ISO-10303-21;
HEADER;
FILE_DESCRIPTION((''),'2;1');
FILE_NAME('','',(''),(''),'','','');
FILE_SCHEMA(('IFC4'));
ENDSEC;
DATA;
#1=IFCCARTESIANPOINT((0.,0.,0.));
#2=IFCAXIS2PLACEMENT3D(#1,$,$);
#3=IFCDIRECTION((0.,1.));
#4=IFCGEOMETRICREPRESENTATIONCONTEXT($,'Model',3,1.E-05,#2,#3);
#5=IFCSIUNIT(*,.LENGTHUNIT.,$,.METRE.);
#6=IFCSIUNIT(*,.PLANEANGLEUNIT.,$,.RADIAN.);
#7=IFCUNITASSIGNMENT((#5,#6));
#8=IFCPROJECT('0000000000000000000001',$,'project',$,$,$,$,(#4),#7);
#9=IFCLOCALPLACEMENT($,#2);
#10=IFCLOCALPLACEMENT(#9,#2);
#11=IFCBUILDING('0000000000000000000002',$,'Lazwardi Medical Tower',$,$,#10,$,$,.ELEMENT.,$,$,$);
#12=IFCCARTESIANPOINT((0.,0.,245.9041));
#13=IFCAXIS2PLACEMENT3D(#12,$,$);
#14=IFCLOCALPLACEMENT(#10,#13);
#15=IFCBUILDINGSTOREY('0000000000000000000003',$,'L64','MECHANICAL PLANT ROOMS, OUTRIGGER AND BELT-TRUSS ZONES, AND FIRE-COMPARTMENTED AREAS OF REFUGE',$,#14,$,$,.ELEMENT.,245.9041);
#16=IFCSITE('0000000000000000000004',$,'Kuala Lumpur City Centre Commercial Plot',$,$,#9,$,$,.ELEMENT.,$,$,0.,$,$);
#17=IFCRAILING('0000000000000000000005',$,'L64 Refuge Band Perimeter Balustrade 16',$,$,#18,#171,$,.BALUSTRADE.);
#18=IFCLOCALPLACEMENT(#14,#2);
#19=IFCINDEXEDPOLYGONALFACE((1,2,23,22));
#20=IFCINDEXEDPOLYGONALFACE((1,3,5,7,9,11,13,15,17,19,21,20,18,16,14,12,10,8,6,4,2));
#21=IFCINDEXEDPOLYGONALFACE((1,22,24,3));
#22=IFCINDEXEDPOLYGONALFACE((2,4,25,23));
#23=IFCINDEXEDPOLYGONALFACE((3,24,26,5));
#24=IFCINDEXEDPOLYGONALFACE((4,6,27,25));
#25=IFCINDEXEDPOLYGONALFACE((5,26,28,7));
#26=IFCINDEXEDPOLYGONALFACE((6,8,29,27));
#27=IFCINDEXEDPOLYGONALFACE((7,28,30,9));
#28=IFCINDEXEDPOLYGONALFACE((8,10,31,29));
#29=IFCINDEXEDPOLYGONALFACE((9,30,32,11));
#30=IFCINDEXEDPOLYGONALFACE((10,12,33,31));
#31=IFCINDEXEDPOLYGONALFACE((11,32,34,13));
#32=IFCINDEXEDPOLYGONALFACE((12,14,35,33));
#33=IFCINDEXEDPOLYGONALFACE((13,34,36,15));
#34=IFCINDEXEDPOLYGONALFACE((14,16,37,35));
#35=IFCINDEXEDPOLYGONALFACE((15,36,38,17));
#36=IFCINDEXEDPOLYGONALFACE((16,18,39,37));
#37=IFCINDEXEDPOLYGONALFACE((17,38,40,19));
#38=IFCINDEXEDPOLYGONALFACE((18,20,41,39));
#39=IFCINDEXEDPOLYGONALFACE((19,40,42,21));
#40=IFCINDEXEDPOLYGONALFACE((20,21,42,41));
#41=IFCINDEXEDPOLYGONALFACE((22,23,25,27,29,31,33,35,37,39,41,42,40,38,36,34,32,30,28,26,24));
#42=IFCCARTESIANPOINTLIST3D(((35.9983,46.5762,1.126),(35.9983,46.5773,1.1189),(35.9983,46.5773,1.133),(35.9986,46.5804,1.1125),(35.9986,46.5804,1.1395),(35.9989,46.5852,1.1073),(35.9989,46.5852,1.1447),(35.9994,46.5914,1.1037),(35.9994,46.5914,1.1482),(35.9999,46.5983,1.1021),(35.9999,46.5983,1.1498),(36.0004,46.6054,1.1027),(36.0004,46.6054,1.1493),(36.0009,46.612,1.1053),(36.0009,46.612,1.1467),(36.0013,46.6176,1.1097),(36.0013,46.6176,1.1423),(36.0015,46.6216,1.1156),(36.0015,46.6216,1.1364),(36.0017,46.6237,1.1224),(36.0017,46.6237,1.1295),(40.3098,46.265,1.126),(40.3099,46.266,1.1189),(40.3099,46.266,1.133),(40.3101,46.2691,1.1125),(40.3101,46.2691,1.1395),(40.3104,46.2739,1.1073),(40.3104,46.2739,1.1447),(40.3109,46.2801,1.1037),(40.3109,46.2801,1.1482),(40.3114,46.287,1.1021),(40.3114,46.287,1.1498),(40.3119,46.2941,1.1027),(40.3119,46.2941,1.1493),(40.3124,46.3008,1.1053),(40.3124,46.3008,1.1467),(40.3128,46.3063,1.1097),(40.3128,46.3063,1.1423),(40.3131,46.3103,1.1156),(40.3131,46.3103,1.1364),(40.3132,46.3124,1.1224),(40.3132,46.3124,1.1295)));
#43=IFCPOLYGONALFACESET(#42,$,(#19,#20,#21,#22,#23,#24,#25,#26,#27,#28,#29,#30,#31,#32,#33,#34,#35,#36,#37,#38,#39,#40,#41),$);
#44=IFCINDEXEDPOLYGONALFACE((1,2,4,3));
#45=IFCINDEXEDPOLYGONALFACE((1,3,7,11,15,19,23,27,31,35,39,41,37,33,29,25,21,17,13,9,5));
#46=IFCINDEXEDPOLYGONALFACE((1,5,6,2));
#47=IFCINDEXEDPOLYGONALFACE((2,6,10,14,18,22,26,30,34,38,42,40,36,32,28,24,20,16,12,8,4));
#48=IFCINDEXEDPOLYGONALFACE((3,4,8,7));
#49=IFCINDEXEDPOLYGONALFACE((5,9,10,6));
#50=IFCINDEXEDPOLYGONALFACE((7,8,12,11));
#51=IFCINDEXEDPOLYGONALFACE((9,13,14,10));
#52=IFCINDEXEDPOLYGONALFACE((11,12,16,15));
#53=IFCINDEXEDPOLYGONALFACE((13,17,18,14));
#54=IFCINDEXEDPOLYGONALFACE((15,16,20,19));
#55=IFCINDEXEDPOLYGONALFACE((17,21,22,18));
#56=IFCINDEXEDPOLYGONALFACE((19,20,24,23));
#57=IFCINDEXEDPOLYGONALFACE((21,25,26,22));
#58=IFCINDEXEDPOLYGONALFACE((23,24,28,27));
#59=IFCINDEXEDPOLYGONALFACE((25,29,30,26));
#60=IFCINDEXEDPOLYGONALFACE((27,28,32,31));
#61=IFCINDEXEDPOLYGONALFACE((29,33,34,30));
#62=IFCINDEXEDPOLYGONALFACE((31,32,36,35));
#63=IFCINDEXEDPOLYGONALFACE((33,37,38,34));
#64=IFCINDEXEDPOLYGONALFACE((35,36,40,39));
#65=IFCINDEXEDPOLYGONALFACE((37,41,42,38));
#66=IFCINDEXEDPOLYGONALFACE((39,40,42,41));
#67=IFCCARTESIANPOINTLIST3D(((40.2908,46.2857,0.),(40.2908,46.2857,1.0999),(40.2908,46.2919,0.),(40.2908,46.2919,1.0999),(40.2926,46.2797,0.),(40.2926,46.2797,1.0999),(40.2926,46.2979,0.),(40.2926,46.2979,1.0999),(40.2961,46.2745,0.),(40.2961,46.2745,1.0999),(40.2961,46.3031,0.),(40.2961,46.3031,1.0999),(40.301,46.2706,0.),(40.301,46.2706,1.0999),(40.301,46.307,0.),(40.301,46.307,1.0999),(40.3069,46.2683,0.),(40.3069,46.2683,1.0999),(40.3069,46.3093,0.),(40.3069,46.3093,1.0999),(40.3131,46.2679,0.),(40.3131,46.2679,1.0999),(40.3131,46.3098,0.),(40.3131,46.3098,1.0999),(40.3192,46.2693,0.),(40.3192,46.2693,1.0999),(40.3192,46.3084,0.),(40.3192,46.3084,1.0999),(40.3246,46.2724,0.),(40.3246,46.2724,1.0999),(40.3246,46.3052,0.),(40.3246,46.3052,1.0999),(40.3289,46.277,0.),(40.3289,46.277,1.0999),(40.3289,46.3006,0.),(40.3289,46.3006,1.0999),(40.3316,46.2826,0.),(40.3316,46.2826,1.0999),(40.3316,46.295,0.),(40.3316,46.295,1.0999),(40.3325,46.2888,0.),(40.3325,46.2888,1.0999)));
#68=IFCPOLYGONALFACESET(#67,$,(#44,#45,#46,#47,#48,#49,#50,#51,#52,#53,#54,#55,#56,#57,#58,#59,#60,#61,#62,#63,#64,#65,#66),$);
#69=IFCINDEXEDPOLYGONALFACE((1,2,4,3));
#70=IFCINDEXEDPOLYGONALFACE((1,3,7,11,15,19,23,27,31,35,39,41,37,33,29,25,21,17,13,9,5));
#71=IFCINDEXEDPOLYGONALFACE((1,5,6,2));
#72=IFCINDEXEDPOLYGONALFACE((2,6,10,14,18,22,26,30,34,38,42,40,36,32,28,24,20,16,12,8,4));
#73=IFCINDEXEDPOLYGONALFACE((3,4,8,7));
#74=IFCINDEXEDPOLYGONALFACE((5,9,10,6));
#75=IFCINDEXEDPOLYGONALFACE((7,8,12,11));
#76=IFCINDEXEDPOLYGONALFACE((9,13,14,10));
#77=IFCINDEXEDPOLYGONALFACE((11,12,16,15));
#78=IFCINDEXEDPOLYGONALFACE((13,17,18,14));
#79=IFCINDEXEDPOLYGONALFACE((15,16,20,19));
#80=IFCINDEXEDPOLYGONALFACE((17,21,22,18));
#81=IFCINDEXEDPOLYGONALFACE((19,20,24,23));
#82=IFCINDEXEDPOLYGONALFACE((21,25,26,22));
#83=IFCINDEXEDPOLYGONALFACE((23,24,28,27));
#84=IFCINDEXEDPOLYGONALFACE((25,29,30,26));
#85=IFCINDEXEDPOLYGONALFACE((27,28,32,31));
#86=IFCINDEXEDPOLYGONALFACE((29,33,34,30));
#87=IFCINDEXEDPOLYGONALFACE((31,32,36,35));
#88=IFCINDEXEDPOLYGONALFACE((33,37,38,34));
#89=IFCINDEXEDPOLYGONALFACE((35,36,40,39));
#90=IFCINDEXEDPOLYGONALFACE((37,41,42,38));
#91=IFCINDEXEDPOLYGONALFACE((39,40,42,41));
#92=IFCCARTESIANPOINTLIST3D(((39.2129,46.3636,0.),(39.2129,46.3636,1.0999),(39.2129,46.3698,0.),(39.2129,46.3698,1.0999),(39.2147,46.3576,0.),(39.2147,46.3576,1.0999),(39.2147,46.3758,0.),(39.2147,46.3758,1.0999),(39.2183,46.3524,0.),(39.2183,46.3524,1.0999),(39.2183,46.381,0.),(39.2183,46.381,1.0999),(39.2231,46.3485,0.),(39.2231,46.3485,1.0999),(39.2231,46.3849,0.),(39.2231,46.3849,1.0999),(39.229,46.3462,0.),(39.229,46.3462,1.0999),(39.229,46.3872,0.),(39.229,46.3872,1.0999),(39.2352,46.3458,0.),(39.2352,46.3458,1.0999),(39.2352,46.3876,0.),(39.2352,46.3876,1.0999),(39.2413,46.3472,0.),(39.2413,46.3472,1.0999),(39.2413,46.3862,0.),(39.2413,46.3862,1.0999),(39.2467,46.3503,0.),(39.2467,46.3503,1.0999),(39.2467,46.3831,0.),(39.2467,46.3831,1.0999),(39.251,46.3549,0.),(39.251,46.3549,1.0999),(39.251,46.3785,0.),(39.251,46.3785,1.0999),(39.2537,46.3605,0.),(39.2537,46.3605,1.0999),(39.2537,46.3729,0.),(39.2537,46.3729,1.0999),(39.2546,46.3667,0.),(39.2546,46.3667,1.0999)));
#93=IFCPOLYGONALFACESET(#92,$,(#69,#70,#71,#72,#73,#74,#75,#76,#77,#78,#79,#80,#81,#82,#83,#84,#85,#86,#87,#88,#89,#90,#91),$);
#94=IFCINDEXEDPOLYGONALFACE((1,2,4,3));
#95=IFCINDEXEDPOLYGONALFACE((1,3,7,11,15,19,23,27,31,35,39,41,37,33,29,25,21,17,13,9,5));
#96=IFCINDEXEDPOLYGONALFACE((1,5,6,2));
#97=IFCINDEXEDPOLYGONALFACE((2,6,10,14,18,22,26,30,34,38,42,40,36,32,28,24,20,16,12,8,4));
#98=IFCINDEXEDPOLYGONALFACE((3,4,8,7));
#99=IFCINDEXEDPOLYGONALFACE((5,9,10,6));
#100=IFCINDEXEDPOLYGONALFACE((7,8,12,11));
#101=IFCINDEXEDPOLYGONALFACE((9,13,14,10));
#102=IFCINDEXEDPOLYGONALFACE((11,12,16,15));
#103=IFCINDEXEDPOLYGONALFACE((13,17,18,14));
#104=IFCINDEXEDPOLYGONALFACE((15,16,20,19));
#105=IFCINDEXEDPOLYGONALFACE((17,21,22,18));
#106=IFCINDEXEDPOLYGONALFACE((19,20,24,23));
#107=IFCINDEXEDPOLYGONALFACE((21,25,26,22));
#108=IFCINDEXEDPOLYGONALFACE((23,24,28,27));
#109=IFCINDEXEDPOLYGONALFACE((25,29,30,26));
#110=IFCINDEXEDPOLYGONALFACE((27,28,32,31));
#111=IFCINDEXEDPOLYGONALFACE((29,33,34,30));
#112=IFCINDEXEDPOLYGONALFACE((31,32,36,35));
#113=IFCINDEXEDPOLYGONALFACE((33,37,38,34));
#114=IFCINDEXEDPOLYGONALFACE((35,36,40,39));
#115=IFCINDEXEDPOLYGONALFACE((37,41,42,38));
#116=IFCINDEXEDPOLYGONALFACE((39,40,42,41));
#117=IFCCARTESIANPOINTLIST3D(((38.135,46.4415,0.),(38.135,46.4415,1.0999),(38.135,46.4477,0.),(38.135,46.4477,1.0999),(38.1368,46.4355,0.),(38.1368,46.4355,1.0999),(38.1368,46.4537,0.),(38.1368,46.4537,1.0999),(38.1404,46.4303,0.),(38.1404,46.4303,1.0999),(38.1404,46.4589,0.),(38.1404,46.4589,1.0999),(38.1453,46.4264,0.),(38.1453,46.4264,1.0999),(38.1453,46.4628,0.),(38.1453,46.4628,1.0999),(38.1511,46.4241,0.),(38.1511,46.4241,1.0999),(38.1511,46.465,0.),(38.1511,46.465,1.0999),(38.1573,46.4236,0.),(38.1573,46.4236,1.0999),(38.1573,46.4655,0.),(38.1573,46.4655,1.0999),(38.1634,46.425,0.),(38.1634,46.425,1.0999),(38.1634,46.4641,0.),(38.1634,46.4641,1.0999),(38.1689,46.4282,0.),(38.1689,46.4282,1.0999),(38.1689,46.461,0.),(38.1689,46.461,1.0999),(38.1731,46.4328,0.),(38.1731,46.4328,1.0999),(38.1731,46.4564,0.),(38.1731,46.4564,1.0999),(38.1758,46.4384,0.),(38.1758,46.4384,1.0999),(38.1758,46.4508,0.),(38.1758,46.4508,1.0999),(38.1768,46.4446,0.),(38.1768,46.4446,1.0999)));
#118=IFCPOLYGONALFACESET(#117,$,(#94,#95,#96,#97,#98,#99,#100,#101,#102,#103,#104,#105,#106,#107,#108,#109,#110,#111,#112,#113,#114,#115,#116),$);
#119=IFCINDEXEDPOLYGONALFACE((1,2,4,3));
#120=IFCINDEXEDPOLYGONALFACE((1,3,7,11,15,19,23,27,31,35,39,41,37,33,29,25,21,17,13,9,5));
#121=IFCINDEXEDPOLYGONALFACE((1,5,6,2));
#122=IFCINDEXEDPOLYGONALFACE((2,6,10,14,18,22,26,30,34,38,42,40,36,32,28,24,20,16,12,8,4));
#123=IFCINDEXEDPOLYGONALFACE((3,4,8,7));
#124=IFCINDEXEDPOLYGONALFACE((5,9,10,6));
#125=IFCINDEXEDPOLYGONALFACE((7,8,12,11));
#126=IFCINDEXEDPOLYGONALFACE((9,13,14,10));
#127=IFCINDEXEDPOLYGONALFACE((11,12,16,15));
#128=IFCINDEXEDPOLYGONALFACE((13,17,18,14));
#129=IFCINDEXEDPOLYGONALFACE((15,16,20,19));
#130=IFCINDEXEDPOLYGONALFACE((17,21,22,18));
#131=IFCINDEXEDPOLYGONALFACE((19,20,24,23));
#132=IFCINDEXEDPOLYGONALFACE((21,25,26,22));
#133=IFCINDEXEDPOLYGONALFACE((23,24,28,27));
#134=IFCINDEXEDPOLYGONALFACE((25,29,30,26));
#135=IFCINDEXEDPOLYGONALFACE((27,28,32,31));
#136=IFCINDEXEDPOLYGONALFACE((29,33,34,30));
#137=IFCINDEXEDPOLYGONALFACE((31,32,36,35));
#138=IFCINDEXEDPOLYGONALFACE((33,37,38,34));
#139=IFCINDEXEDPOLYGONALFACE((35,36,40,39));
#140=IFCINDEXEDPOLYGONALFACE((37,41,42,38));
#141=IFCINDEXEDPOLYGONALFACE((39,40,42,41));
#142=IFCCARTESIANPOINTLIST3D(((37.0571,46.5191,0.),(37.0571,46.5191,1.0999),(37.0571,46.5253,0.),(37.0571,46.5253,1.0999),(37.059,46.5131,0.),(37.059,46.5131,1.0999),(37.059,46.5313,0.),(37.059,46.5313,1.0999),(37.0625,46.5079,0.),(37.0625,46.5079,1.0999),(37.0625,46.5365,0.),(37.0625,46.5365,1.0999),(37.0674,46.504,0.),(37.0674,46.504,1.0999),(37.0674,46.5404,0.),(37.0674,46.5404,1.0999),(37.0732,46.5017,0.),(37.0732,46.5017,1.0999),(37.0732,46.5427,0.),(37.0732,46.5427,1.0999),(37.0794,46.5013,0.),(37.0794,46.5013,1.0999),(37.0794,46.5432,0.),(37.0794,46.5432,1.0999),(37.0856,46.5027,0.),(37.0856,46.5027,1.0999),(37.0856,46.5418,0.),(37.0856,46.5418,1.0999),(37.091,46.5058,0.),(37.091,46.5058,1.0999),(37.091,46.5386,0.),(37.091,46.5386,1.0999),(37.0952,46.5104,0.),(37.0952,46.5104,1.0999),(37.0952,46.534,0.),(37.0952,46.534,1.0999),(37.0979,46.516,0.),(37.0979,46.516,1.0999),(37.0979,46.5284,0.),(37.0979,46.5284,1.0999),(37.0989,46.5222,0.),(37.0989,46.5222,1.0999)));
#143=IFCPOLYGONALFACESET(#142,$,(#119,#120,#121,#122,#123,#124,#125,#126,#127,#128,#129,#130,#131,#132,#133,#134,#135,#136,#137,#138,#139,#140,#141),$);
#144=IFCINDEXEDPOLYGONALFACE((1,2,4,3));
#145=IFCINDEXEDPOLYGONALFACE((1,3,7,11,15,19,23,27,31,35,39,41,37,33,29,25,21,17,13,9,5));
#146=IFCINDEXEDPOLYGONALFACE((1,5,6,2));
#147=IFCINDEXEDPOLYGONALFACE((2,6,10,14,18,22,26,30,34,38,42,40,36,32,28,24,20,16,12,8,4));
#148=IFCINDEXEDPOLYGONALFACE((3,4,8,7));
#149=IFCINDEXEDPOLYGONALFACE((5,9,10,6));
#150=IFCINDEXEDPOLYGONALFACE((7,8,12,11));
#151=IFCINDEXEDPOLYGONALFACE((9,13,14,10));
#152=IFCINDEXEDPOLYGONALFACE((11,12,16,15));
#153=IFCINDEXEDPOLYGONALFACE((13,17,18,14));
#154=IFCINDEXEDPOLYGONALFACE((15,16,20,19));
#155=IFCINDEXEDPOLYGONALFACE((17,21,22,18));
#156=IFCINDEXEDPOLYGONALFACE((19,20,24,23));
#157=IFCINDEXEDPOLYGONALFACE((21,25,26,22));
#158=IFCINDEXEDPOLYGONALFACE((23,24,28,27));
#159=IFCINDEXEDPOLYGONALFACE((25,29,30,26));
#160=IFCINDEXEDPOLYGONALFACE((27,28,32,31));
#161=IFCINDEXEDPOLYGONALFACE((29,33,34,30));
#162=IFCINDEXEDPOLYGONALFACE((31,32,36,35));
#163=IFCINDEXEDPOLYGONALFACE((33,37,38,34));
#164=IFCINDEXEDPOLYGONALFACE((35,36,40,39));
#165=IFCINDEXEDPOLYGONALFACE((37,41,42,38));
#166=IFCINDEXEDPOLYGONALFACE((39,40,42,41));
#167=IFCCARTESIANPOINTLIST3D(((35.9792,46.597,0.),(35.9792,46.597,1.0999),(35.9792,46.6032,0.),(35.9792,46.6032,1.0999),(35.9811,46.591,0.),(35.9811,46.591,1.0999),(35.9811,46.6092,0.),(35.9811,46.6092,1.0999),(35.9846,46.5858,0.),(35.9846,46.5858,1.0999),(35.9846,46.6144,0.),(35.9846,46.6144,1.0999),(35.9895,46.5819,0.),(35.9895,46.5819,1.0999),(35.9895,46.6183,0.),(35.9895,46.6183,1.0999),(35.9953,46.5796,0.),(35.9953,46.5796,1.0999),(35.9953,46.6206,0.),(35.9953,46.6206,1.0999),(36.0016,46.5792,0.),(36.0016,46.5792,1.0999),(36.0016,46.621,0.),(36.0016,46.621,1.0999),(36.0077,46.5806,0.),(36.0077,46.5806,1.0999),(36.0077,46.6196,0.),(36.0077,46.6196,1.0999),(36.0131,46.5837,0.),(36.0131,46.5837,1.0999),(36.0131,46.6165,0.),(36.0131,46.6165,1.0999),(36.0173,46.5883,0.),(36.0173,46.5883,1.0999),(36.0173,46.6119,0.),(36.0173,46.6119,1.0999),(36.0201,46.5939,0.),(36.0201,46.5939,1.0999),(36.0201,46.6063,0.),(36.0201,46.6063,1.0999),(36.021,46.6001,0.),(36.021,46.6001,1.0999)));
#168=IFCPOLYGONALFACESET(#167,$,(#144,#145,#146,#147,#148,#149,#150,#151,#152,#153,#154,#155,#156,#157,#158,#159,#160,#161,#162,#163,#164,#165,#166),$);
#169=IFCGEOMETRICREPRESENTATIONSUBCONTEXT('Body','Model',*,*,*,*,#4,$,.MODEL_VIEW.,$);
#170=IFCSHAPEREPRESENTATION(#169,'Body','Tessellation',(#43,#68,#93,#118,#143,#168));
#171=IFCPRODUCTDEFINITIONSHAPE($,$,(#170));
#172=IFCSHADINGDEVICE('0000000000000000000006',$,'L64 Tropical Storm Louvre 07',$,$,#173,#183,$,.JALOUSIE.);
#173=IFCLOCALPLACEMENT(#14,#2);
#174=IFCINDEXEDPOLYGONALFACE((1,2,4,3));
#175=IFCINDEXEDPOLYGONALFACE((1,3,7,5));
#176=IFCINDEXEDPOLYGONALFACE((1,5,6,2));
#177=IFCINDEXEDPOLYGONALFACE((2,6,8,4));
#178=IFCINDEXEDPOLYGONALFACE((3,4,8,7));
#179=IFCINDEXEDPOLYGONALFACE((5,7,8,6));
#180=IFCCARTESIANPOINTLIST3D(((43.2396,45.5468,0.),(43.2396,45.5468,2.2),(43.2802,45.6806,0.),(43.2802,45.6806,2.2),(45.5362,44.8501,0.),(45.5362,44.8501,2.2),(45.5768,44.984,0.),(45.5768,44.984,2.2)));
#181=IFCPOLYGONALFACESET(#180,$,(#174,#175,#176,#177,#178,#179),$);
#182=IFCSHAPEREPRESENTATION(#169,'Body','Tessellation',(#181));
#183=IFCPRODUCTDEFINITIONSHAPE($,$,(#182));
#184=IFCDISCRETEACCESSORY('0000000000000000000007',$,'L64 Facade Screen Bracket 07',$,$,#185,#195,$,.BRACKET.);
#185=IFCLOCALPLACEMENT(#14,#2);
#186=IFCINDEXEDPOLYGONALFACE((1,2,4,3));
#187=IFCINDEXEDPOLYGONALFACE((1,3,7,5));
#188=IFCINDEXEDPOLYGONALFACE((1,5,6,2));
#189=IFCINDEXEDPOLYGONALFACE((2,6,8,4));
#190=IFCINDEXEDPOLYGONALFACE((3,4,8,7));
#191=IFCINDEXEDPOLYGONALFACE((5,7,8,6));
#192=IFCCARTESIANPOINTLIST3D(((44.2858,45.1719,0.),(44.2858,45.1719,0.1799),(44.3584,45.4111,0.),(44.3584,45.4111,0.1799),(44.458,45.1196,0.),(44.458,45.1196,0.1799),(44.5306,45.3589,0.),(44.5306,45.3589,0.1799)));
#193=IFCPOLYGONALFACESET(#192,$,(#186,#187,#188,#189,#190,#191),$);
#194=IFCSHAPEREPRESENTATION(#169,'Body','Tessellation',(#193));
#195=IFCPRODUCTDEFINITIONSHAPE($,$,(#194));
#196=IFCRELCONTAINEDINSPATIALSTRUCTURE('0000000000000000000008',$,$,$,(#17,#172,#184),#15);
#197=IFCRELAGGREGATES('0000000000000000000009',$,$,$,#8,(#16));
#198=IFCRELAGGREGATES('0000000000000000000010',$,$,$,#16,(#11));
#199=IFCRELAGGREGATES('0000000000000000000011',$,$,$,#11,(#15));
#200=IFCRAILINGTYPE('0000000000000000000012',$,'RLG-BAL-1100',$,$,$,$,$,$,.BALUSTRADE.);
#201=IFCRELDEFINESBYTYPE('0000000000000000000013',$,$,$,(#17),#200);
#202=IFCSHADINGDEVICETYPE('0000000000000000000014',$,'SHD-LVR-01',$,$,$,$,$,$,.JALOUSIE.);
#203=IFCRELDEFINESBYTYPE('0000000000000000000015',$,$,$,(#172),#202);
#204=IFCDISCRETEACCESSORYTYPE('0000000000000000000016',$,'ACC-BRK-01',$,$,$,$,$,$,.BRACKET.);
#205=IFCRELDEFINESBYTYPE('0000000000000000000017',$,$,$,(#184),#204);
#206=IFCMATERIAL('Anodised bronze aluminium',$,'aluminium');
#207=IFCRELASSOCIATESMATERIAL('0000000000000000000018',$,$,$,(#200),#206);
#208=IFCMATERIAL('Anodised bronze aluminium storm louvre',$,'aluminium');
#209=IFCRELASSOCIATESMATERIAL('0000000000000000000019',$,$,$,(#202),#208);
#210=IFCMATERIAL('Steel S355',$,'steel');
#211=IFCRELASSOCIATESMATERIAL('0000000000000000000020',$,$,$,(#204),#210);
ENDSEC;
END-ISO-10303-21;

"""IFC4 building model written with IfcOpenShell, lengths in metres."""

from ifc_helpers import new_model, si_unit, direction, frame, origin, origin_2d, place, context, subcontext, project, spatial, rectangle, circle, extrude, material, type_object, element, save


model = new_model("IFC4")

# Units and contexts
model_context = context("Model", 3, precision=1e-05, world=origin(), true_north=direction((0.0, 1.0)))
body_context = subcontext(model_context, "Body", "Model", "MODEL_VIEW")
ifc_project = project(units=[si_unit("LENGTHUNIT", "METRE"), si_unit("PLANEANGLEUNIT", "RADIAN")], contexts=[model_context])

# Site, building, storey
site_placement = place(None, origin())
site = spatial("IfcSite", under=ifc_project, at=site_placement, Name="Kuala Lumpur City Centre Commercial Plot", CompositionType="ELEMENT", RefElevation=0.0)
building_placement = place(site_placement, origin())
building = spatial("IfcBuilding", under=site, at=building_placement, Name="Lazwardi Medical Tower", CompositionType="ELEMENT")
storey_placement = place(building_placement, frame((0.0, 0.0, 245.9041)))
storey = spatial("IfcBuildingStorey", under=building, at=storey_placement, Name="L64", Description="MECHANICAL PLANT ROOMS, OUTRIGGER AND BELT-TRUSS ZONES, AND FIRE-COMPARTMENTED AREAS OF REFUGE", CompositionType="ELEMENT", Elevation=245.9041)

# Shared definitions
ifc_material_1 = material(Name="Steel S355", Category="steel")

# Railing
ifc_material_2 = material(Name="Anodised bronze aluminium", Category="aluminium")
railing_type = type_object("IfcRailingType", Name="RLG-BAL-1100", PredefinedType="BALUSTRADE", material=ifc_material_2)
railing_1_placement = place(storey_placement, frame((40.3115, 46.2888, 0.0)))
element("IfcRailing", 1, at=railing_1_placement, inside=storey, type_object=railing_type, Name="L64 Refuge Band Perimeter Balustrade 16", PredefinedType="BALUSTRADE", context=body_context, shape_type="SweptSolid", body=[
    extrude(circle(Radius=0.0239, at=origin_2d()), frame((0.0, 0.0, 1.126), z_axis=(-0.997404, 0.07201, 0.0), x_axis=(-0.07201, -0.997404, 0.0)), (0.0, 0.0, 1.0), 4.3228),
    extrude(circle(Radius=0.021, at=origin_2d()), origin(), (0.0, 0.0, 1.0), 1.0999),
    extrude(circle(Radius=0.021, at=origin_2d()), frame((-1.0779, 0.0779, 0.0)), (0.0, 0.0, 1.0), 1.0999),
    extrude(circle(Radius=0.021, at=origin_2d()), frame((-2.1558, 0.1558, 0.0)), (0.0, 0.0, 1.0), 1.0999),
    extrude(circle(Radius=0.021, at=origin_2d()), frame((-3.2336, 0.2334, 0.0)), (0.0, 0.0, 1.0), 1.0999),
    extrude(circle(Radius=0.021, at=origin_2d()), frame((-4.3115, 0.3113, 0.0)), (0.0, 0.0, 1.0), 1.0999),
])

# Shading device
ifc_material_3 = material(Name="Anodised bronze aluminium storm louvre", Category="aluminium")
shading_device_type = type_object("IfcShadingDeviceType", Name="SHD-LVR-01", PredefinedType="JALOUSIE", material=ifc_material_3)
shading_device_placement = place(storey_placement, frame((44.4082, 45.2654, 0.0), z_axis=(0.0, 0.0, 1.0), x_axis=(-0.956939, 0.29029, 0.0)))
element("IfcShadingDevice", 2, at=shading_device_placement, inside=storey, type_object=shading_device_type, Name="L64 Tropical Storm Louvre 07", PredefinedType="JALOUSIE", context=body_context, shape_type="SweptSolid", body=[
    extrude(rectangle(XDim=2.3999, YDim=0.1399, at=origin_2d()), origin(), (0.0, 0.0, 1.0), 2.2),
])

# Discrete accessory
discrete_accessory_type = type_object("IfcDiscreteAccessoryType", Name="ACC-BRK-01", PredefinedType="BRACKET", material=ifc_material_1)
discrete_accessory_placement = place(storey_placement, frame((44.4082, 45.2654, 0.0), z_axis=(0.0, 0.0, 1.0), x_axis=(-0.956939, 0.29029, 0.0)))
element("IfcDiscreteAccessory", 3, at=discrete_accessory_placement, inside=storey, type_object=discrete_accessory_type, Name="L64 Facade Screen Bracket 07", PredefinedType="BRACKET", context=body_context, shape_type="SweptSolid", body=[
    extrude(rectangle(XDim=0.1799, YDim=0.25, at=origin_2d()), origin(), (0.0, 0.0, 1.0), 0.1799),
])

save(model, "model.ifc")
